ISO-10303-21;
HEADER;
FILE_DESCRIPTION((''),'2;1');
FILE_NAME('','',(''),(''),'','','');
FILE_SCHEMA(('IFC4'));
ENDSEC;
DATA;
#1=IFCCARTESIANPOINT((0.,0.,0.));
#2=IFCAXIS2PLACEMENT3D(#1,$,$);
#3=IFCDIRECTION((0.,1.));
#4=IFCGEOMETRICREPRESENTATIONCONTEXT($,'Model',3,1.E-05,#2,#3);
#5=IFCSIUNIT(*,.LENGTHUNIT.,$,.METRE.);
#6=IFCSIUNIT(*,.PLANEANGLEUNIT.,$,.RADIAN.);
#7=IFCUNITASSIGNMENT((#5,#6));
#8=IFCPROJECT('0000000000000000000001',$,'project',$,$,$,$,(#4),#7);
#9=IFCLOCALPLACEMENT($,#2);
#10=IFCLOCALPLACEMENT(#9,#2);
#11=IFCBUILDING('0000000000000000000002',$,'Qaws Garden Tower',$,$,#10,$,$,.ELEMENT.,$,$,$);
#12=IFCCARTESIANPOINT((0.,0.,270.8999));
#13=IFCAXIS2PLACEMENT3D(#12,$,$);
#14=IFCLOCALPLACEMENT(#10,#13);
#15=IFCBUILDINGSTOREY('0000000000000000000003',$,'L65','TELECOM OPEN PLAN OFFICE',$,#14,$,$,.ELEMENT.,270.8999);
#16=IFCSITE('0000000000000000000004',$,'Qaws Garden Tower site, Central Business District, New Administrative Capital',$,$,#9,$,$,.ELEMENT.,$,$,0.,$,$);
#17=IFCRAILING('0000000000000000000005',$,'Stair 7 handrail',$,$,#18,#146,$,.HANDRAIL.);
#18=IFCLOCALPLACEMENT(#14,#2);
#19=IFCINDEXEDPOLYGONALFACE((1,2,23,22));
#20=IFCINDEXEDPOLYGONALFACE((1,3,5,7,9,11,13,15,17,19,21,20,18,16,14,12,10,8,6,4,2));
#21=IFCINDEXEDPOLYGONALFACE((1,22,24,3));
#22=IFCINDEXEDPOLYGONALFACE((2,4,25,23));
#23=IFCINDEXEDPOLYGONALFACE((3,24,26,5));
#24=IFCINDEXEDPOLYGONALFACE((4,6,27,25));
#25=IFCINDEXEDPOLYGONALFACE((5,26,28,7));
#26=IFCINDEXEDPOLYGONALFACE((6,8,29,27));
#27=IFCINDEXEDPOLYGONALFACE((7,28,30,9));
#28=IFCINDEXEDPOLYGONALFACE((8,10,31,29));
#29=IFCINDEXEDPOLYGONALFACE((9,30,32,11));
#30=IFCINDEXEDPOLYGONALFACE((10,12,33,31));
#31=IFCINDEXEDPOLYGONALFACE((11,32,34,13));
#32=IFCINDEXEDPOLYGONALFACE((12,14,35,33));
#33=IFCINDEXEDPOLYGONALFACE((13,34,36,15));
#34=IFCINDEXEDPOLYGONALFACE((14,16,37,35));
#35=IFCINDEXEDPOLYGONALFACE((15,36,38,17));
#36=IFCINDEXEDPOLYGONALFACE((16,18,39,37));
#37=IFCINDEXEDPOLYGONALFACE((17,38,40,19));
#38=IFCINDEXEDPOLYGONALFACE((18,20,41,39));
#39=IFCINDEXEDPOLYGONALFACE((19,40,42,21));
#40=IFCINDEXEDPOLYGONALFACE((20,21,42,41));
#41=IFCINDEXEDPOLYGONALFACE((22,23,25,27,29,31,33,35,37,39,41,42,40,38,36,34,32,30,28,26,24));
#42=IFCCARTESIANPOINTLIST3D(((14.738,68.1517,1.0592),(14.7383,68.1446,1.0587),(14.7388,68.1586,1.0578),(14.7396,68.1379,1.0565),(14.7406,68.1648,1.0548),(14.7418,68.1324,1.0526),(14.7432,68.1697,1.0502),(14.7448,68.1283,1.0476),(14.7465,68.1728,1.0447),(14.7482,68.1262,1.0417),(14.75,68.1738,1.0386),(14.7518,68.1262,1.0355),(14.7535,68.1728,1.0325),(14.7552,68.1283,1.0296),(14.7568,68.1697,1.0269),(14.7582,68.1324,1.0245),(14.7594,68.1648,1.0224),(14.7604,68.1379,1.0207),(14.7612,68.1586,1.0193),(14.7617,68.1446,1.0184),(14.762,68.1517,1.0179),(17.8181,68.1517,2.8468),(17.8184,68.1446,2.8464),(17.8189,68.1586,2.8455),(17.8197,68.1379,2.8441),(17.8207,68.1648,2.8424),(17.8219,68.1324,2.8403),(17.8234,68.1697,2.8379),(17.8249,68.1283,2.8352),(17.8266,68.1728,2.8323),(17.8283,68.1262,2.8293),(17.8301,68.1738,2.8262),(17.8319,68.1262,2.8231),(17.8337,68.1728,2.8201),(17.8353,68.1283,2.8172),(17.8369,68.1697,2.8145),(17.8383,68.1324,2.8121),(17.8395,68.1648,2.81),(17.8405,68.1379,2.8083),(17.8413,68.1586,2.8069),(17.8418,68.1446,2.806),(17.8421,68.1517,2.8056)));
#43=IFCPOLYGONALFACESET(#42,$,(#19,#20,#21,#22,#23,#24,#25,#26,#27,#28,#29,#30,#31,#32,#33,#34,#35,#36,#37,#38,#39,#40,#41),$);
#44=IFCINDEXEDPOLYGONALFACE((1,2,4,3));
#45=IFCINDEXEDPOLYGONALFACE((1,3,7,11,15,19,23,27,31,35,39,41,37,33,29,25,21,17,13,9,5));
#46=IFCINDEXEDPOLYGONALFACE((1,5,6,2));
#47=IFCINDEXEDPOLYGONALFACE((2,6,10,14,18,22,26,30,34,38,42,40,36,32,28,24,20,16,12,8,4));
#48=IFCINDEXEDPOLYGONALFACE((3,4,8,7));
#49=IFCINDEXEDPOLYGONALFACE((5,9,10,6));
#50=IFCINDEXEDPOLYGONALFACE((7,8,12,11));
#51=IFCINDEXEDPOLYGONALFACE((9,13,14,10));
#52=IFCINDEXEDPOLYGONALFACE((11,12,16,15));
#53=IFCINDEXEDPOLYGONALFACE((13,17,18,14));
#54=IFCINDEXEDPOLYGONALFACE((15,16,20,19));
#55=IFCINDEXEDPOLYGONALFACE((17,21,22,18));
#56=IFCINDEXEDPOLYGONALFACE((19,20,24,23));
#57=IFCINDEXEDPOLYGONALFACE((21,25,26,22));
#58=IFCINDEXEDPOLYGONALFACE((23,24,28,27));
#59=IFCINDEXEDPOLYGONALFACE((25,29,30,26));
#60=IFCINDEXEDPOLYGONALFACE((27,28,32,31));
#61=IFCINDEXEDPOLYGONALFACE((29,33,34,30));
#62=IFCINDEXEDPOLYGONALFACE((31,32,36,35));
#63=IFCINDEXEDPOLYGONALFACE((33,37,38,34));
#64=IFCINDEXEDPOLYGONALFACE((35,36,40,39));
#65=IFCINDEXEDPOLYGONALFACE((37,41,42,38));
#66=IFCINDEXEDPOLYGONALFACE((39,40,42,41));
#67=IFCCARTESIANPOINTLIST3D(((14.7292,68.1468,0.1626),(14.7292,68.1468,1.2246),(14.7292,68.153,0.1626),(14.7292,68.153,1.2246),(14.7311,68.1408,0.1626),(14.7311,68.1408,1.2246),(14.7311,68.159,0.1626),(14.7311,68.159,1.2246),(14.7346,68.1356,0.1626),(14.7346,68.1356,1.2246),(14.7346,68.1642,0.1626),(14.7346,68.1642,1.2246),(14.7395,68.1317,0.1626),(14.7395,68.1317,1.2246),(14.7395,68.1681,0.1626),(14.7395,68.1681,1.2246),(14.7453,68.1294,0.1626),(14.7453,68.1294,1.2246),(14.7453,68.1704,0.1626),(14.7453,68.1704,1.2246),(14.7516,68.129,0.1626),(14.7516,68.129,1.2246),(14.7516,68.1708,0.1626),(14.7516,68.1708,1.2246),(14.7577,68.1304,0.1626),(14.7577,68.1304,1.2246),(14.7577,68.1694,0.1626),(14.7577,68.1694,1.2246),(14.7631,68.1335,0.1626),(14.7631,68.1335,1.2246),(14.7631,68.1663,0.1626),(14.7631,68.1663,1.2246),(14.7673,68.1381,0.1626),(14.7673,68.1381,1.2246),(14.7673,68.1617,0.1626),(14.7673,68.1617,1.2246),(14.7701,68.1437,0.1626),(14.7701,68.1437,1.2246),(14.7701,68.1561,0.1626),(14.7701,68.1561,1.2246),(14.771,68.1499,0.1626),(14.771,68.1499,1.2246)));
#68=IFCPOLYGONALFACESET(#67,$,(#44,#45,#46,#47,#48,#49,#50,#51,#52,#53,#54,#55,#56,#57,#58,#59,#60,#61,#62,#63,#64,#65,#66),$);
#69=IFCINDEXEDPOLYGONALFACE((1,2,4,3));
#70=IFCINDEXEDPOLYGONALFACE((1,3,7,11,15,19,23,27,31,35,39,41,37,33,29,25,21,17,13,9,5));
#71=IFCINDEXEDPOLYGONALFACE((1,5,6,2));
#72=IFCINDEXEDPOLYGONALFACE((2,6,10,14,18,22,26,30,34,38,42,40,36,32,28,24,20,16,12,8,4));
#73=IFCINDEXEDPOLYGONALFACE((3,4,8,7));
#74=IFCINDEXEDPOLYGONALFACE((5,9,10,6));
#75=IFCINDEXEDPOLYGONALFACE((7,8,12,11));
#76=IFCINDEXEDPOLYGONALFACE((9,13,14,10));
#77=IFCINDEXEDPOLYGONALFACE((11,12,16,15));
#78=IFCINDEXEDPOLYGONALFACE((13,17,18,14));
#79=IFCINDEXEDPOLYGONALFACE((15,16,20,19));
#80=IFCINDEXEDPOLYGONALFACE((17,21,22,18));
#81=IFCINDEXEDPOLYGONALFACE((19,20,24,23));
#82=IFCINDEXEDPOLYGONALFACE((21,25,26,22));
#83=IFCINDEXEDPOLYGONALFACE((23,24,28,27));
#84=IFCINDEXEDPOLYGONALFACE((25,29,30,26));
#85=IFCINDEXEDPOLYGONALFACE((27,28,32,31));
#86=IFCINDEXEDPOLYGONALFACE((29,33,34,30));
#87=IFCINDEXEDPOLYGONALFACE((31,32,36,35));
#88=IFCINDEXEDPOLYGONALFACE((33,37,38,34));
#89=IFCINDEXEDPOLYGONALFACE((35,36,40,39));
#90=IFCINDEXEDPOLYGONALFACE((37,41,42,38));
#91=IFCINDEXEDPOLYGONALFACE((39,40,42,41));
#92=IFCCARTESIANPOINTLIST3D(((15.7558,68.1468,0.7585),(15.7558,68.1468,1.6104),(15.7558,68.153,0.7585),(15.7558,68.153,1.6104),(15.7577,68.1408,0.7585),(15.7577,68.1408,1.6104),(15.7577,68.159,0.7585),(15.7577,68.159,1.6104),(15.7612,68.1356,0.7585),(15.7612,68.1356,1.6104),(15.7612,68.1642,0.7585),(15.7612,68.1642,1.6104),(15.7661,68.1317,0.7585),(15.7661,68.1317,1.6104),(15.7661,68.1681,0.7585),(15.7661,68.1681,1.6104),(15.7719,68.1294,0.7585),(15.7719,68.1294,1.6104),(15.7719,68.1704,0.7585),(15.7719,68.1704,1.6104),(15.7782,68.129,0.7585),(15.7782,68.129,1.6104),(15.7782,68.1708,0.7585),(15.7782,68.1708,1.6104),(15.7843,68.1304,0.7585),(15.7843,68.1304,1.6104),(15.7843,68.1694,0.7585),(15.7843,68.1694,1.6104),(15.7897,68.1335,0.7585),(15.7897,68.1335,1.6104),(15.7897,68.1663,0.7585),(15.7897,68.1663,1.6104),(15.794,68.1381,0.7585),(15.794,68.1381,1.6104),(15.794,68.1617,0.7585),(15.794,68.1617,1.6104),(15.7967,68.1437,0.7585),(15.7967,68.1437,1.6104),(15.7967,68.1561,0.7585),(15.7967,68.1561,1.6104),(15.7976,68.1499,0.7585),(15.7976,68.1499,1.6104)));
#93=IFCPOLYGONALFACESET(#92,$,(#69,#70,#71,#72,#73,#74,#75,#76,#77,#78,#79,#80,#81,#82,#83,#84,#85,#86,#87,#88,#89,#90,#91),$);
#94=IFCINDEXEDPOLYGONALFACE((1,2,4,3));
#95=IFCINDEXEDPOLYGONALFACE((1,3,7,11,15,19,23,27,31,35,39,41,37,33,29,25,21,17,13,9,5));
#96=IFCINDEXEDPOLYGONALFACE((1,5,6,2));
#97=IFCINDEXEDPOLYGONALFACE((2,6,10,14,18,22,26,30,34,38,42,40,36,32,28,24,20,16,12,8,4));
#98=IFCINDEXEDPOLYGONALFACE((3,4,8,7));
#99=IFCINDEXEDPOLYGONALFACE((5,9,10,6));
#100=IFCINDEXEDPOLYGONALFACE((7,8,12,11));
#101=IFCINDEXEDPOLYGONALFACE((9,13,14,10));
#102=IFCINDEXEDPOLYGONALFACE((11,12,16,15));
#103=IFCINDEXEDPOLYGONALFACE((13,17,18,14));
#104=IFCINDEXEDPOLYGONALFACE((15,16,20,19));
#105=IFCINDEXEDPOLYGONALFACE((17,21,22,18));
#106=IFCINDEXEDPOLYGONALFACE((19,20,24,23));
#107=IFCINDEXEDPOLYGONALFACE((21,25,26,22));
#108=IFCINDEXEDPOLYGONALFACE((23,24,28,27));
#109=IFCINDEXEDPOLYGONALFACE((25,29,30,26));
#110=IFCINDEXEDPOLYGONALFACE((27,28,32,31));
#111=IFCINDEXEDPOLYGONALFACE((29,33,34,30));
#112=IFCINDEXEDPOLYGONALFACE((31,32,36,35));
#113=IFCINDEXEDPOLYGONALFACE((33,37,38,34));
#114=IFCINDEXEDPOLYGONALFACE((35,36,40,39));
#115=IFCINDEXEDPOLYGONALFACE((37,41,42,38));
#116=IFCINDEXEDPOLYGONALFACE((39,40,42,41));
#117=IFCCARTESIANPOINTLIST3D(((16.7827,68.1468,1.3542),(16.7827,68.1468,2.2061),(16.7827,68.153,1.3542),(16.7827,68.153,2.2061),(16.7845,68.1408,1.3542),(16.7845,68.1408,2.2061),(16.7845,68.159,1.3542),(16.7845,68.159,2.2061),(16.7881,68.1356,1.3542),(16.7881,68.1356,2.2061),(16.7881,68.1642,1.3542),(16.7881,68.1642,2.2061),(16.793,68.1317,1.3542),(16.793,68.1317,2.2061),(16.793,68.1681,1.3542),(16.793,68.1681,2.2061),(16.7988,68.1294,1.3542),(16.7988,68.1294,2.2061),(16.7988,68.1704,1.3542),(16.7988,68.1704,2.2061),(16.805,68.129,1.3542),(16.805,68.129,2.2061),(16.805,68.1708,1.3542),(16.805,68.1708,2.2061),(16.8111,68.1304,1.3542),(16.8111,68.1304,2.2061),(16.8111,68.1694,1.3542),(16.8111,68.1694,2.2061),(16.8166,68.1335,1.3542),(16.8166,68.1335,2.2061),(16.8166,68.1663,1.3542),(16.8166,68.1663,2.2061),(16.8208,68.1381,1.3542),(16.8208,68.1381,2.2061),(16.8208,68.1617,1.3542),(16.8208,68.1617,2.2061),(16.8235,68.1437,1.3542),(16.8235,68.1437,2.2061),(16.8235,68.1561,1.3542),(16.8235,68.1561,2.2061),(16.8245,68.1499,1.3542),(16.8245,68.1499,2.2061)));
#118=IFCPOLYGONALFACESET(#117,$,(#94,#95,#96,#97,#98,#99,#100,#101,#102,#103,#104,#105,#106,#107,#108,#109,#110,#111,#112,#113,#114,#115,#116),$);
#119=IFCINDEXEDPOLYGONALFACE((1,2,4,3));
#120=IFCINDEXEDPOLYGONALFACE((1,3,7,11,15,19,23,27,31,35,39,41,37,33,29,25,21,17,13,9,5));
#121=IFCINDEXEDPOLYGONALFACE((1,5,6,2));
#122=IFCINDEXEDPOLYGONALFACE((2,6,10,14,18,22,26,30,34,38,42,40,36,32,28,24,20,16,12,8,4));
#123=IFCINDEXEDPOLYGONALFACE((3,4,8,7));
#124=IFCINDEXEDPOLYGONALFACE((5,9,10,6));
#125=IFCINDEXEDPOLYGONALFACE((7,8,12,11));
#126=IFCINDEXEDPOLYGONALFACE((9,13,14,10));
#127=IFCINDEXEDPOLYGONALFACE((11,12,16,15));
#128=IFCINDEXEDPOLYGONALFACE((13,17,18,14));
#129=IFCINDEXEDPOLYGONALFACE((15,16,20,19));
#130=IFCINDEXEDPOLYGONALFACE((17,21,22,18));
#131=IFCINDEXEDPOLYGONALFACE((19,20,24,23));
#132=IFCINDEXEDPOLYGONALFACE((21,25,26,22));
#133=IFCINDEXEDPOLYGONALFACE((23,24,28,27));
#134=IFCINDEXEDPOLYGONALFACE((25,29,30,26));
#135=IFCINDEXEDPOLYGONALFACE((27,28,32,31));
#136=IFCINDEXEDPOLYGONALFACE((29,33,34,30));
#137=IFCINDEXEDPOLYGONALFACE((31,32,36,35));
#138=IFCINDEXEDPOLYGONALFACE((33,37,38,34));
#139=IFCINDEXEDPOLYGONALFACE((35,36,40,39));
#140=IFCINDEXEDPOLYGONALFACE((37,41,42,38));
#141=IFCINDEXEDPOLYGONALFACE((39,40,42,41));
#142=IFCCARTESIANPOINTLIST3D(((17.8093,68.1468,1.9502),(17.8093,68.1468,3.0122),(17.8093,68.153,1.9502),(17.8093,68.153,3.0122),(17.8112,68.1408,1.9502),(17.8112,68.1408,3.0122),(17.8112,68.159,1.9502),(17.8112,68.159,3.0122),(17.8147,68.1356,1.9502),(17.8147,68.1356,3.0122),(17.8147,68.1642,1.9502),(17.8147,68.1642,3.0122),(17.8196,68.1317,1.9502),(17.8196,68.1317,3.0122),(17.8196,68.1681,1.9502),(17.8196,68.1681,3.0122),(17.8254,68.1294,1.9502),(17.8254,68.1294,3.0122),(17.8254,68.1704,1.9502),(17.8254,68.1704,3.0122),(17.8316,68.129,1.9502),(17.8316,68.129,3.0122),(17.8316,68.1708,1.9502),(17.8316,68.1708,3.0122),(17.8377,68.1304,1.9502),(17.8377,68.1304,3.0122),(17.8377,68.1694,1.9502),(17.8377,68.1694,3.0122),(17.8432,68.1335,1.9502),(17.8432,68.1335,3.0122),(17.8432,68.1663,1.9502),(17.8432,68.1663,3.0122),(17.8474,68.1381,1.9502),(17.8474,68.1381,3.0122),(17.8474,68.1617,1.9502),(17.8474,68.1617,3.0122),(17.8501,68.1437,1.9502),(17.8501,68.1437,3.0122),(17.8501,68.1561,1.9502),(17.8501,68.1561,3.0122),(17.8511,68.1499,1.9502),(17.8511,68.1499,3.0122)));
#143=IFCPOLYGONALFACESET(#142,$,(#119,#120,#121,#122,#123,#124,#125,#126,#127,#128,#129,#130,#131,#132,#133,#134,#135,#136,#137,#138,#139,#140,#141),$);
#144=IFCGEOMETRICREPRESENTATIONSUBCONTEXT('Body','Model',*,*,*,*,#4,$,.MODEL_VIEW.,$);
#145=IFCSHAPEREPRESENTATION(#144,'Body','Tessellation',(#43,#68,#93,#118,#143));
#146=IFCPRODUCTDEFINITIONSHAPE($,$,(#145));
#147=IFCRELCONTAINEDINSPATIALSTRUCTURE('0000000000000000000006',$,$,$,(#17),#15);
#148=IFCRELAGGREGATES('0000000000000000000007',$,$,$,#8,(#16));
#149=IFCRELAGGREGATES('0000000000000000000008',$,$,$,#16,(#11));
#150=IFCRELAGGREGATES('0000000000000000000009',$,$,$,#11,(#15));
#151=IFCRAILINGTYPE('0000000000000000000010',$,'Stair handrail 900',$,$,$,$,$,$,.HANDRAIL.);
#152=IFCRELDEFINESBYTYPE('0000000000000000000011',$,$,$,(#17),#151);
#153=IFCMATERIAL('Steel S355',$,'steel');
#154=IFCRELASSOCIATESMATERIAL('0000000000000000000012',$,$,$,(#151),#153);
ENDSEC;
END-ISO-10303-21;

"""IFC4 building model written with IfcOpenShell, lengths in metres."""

from ifc_helpers import new_model, si_unit, direction, frame, origin, origin_2d, place, context, subcontext, project, spatial, circle, extrude, material, type_object, element, save


model = new_model("IFC4")

# Units and contexts
model_context = context("Model", 3, precision=1e-05, world=origin(), true_north=direction((0.0, 1.0)))
body_context = subcontext(model_context, "Body", "Model", "MODEL_VIEW")
ifc_project = project(units=[si_unit("LENGTHUNIT", "METRE"), si_unit("PLANEANGLEUNIT", "RADIAN")], contexts=[model_context])

# Site, building, storey
site_placement = place(None, origin())
site = spatial("IfcSite", under=ifc_project, at=site_placement, Name="Qaws Garden Tower site, Central Business District, New Administrative Capital", CompositionType="ELEMENT", RefElevation=0.0)
building_placement = place(site_placement, origin())
building = spatial("IfcBuilding", under=site, at=building_placement, Name="Qaws Garden Tower", CompositionType="ELEMENT")
storey_placement = place(building_placement, frame((0.0, 0.0, 270.8999)))
storey = spatial("IfcBuildingStorey", under=building, at=storey_placement, Name="L65", Description="TELECOM OPEN PLAN OFFICE", CompositionType="ELEMENT", Elevation=270.8999)

# Railing
ifc_material_1 = material(Name="Steel S355", Category="steel")
railing_type = type_object("IfcRailingType", Name="Stair handrail 900", PredefinedType="HANDRAIL", material=ifc_material_1)
railing_1_placement = place(storey_placement, frame((14.75, 68.1499, 0.1626)))
element("IfcRailing", 1, at=railing_1_placement, inside=storey, type_object=railing_type, Name="Stair 7 handrail", PredefinedType="HANDRAIL", context=body_context, shape_type="SweptSolid", body=[
    extrude(circle(Radius=0.0239, at=origin_2d()), frame((0.0, 0.0, 0.876), z_axis=(0.864891, 0.0, 0.50196), x_axis=(0.0, 1.0, 0.0)), (0.0, 0.0, 1.0), 3.5613),
    extrude(circle(Radius=0.021, at=origin_2d()), origin(), (0.0, 0.0, 1.0), 1.062),
    extrude(circle(Radius=0.021, at=origin_2d()), frame((1.0266, 0.0, 0.5959)), (0.0, 0.0, 1.0), 0.8518),
    extrude(circle(Radius=0.021, at=origin_2d()), frame((2.0535, 0.0, 1.1917)), (0.0, 0.0, 1.0), 0.8518),
    extrude(circle(Radius=0.021, at=origin_2d()), frame((3.0801, 0.0, 1.7876)), (0.0, 0.0, 1.0), 1.062),
])

save(model, "model.ifc")
